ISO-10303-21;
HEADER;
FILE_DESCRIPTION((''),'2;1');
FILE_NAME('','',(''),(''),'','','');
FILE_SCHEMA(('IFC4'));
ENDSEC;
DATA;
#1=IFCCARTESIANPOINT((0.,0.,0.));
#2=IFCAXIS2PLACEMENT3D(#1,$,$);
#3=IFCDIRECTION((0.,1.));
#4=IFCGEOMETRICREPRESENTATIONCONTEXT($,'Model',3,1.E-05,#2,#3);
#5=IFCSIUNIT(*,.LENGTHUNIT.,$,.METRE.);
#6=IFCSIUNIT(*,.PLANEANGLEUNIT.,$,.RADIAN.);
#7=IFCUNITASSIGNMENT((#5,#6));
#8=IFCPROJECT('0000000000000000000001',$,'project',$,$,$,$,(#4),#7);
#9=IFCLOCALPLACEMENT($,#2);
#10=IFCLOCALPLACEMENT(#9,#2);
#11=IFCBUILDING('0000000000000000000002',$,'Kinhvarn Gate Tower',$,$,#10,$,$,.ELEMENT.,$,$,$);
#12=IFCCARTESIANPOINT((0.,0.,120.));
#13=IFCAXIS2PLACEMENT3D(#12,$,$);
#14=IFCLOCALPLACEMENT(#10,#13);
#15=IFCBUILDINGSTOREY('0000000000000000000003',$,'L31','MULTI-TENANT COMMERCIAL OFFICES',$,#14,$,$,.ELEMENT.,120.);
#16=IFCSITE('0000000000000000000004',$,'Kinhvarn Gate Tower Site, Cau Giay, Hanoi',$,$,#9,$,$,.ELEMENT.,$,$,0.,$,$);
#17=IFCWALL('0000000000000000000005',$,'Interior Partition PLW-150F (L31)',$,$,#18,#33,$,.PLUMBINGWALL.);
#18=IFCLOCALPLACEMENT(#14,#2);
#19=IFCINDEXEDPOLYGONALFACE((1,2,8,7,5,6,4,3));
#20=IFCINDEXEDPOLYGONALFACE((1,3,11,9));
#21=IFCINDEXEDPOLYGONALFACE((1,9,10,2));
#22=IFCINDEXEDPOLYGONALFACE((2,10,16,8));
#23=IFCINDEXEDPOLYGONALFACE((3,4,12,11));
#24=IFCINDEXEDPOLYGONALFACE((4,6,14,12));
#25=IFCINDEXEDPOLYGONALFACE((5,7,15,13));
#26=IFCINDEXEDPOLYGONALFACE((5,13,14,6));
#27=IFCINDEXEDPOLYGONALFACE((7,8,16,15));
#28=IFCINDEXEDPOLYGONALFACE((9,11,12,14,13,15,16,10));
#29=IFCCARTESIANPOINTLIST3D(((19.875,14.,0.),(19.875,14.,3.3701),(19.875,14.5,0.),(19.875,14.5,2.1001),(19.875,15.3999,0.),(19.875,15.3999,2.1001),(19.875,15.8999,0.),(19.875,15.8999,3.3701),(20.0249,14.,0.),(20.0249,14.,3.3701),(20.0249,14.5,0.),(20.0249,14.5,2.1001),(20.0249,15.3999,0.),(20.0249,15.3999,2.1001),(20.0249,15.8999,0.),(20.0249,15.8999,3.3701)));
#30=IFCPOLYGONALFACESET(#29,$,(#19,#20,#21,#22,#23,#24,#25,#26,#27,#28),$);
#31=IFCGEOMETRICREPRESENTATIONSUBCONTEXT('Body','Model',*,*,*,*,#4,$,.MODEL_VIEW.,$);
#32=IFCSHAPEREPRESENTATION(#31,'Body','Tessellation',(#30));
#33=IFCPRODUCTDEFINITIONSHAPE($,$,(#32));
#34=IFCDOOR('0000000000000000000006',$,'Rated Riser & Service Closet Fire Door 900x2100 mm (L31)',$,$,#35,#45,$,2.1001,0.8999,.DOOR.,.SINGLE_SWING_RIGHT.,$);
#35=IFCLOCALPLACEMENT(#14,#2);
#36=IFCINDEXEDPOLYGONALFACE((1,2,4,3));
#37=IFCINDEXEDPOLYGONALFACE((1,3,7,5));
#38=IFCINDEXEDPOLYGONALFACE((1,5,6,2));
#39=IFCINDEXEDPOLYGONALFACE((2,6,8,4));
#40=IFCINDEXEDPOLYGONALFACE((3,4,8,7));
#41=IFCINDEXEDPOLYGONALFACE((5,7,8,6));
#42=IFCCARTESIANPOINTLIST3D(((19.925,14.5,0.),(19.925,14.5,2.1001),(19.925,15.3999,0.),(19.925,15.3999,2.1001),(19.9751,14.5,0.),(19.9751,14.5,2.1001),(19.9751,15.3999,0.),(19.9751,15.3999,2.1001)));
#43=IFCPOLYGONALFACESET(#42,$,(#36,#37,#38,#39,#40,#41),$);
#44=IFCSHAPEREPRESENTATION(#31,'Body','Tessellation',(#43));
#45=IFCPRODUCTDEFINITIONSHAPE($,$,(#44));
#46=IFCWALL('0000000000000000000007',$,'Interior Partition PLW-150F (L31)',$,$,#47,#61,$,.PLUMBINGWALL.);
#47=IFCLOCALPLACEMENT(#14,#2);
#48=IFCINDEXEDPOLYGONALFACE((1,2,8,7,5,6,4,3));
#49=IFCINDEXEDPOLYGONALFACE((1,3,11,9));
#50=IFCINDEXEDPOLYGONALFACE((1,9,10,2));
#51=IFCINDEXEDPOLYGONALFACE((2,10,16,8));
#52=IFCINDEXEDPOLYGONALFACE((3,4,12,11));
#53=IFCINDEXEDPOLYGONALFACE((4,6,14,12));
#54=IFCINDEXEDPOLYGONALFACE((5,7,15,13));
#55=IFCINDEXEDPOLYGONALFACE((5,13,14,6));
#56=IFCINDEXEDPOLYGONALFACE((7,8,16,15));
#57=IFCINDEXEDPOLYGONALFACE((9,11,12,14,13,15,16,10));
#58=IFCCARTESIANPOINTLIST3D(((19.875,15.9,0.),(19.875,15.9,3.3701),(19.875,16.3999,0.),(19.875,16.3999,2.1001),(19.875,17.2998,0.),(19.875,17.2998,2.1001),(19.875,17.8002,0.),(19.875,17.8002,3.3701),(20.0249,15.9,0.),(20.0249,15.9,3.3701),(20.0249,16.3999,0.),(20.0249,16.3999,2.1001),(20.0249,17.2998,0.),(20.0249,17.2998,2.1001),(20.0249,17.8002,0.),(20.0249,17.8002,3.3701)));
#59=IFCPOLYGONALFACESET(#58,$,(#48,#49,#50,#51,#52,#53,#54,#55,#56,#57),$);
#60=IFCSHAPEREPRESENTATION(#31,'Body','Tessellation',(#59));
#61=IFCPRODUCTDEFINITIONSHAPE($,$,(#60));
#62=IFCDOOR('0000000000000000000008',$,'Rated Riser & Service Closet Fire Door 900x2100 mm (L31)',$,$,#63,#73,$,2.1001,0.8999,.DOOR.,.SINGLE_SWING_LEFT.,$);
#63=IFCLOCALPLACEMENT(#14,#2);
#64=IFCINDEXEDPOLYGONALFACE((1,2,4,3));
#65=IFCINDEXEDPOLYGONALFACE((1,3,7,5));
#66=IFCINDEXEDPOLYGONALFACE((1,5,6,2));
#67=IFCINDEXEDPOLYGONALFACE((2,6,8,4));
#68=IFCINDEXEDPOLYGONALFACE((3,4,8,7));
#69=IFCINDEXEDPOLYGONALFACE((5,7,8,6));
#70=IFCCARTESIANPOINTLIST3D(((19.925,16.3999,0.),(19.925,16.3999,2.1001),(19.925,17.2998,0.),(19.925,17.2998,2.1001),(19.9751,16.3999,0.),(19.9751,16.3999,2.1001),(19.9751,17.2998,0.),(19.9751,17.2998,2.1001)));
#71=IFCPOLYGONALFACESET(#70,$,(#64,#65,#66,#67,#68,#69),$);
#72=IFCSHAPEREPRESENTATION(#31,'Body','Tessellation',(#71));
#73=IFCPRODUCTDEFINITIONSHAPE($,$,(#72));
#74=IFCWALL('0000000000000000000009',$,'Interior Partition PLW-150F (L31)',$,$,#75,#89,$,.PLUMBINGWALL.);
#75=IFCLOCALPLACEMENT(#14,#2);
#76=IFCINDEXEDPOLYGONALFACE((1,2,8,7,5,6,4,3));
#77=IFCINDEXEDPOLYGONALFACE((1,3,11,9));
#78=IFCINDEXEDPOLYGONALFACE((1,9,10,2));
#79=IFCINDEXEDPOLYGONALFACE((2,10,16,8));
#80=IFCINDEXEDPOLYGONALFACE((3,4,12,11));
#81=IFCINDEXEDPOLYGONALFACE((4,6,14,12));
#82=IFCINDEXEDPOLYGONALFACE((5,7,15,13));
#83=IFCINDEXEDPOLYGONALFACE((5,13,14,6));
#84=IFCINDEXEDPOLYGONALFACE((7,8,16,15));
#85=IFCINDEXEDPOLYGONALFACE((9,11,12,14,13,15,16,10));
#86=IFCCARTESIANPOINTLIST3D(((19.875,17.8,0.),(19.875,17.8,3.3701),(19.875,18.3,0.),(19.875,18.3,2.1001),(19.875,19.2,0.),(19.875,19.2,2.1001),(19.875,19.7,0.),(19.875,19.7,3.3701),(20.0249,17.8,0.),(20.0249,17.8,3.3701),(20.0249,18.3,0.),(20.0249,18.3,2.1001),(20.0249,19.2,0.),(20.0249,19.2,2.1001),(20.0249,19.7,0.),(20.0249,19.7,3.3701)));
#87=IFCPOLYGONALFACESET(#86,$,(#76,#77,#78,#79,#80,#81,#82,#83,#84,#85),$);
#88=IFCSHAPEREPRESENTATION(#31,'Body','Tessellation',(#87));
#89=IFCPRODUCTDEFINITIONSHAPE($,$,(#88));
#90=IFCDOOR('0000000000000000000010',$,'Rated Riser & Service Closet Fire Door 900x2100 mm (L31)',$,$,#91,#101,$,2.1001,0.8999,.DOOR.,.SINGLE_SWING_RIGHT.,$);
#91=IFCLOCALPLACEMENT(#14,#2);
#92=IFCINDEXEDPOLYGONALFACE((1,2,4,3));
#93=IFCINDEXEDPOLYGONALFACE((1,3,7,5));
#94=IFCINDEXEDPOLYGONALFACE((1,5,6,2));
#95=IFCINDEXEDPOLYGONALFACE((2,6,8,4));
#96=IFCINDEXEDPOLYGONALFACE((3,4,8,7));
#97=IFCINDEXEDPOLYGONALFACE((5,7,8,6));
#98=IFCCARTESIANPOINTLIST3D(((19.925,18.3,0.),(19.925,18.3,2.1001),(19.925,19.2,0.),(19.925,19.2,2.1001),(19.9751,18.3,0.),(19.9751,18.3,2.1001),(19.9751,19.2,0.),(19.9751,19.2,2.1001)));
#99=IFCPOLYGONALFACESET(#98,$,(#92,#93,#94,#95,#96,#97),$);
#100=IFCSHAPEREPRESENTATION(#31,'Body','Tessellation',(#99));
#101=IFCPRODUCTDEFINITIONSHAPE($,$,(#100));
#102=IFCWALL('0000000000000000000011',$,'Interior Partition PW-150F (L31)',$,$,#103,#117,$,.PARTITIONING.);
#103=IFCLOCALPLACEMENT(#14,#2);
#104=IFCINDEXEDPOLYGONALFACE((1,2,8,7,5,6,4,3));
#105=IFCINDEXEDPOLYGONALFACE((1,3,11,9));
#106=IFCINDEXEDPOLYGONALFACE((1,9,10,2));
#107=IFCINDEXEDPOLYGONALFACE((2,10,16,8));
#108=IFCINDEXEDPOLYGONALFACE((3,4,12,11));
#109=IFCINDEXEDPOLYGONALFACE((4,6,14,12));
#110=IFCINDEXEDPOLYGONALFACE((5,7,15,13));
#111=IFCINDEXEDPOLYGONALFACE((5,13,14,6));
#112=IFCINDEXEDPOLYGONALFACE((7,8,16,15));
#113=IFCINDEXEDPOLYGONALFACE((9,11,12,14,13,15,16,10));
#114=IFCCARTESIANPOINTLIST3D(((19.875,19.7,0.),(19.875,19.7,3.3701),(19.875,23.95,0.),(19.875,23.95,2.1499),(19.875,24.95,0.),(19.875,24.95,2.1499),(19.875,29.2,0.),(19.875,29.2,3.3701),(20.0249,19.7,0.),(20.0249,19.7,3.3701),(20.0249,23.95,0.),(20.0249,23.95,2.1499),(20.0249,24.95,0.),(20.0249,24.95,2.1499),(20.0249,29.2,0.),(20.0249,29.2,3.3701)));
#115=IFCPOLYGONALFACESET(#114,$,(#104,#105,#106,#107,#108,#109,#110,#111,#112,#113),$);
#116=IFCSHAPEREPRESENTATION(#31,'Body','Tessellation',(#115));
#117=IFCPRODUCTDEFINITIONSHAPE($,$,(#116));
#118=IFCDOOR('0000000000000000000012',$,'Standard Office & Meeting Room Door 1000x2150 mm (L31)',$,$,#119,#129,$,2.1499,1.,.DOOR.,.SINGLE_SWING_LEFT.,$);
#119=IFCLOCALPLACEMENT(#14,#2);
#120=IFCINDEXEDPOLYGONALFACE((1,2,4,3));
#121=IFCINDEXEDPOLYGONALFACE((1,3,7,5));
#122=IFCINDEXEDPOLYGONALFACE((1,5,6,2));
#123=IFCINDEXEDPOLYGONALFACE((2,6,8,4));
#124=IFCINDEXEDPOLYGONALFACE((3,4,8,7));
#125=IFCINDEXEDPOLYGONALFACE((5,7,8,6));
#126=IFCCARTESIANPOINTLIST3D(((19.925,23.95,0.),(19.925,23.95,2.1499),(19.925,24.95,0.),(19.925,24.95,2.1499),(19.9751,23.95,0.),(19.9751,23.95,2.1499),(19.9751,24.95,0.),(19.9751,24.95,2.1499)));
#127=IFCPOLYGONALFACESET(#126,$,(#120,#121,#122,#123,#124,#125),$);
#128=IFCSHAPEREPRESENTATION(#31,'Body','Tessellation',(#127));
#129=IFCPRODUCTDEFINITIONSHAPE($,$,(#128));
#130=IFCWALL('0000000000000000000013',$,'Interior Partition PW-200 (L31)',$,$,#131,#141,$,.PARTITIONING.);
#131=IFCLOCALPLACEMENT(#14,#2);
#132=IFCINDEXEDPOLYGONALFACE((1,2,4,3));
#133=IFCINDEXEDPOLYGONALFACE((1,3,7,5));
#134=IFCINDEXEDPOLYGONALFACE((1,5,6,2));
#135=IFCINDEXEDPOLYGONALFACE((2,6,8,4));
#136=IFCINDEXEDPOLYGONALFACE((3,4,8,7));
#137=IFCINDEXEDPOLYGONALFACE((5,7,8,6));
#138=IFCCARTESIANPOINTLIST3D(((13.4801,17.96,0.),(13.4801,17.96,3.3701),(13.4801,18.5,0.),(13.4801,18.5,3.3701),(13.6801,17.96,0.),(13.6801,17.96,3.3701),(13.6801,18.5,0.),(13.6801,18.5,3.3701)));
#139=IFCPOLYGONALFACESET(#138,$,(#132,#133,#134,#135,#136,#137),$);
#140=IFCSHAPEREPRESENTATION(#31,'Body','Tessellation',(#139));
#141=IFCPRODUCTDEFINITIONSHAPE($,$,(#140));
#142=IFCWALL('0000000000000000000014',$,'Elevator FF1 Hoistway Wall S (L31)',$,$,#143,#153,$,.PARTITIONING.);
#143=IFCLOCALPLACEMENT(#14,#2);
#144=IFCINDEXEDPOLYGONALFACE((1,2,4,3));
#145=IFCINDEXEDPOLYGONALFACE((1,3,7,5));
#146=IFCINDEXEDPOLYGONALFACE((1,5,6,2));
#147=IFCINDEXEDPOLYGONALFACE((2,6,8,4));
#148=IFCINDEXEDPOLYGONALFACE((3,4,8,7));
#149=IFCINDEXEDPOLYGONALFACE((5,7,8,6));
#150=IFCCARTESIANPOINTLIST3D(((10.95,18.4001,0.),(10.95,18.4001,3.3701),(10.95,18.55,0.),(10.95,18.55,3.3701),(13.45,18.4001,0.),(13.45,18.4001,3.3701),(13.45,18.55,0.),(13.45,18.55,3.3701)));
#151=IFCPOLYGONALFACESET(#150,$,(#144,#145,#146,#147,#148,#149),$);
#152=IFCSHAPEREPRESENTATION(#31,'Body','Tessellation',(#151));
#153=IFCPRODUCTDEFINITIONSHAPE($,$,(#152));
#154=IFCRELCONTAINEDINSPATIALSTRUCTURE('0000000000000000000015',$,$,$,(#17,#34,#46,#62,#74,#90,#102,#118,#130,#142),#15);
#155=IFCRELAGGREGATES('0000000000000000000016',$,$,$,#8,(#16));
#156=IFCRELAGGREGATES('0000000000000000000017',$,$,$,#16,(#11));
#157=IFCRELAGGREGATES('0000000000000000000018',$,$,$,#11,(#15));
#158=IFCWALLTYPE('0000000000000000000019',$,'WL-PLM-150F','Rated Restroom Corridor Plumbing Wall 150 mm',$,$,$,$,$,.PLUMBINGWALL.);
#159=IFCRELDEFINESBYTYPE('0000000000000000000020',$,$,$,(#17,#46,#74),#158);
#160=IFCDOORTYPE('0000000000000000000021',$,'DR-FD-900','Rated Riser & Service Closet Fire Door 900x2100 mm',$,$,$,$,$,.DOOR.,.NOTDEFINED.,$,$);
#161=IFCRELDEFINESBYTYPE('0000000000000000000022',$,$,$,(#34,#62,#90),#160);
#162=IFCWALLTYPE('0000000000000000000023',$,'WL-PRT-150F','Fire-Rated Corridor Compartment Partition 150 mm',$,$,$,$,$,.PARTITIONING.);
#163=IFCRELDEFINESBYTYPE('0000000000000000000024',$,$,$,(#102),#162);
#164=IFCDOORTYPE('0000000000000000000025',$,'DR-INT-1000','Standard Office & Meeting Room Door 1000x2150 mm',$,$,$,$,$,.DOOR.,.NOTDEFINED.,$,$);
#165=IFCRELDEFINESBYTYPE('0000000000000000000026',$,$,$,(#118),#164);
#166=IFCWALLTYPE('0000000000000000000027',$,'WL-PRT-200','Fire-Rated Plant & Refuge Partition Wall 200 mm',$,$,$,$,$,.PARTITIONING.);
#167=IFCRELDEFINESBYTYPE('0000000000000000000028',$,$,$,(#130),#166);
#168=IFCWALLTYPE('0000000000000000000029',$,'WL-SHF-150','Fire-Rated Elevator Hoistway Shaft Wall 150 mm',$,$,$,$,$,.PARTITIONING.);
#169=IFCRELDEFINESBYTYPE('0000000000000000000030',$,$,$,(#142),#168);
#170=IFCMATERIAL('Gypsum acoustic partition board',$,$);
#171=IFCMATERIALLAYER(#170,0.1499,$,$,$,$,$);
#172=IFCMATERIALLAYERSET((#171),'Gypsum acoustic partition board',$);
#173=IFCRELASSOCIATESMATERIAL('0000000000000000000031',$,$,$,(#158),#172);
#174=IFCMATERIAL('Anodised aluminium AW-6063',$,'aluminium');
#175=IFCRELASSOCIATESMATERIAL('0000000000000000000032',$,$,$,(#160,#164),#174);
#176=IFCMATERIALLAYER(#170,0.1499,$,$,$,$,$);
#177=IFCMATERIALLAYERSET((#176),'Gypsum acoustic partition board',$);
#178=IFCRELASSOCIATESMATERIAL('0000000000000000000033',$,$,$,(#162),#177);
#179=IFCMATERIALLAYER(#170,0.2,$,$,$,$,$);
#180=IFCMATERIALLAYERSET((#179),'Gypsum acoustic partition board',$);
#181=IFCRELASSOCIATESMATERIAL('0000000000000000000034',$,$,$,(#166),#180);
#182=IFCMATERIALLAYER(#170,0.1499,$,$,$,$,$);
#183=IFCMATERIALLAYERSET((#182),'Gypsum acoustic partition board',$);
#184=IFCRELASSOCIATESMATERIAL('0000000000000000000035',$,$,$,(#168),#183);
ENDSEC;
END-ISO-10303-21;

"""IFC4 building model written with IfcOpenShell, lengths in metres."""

from ifc_helpers import new_model, si_unit, direction, frame, frame_2d, origin, place, context, subcontext, project, spatial, rectangle, extrude, material, layer, layer_set, type_object, element, fill, save


model = new_model("IFC4")

# Units and contexts
model_context = context("Model", 3, precision=1e-05, world=origin(), true_north=direction((0.0, 1.0)))
body_context = subcontext(model_context, "Body", "Model", "MODEL_VIEW")
ifc_project = project(units=[si_unit("LENGTHUNIT", "METRE"), si_unit("PLANEANGLEUNIT", "RADIAN")], contexts=[model_context])

# Site, building, storey
site_placement = place(None, origin())
site = spatial("IfcSite", under=ifc_project, at=site_placement, Name="Kinhvarn Gate Tower Site, Cau Giay, Hanoi", CompositionType="ELEMENT", RefElevation=0.0)
building_placement = place(site_placement, origin())
building = spatial("IfcBuilding", under=site, at=building_placement, Name="Kinhvarn Gate Tower", CompositionType="ELEMENT")
storey_placement = place(building_placement, frame((0.0, 0.0, 120.0)))
storey = spatial("IfcBuildingStorey", under=building, at=storey_placement, Name="L31", Description="MULTI-TENANT COMMERCIAL OFFICES", CompositionType="ELEMENT", Elevation=120.0)

# Shared definitions
ifc_material_1 = material(Name="Anodised aluminium AW-6063", Category="aluminium")

# Shared definitions
ifc_material_2 = material(Name="Gypsum acoustic partition board")

# Walls, openings, doors
ifc_layer_1 = layer(ifc_material_2, 0.1499)
ifc_layer_set_1 = layer_set([ifc_layer_1], Name="Gypsum acoustic partition board")
wall_type_1 = type_object("IfcWallType", Name="WL-PLM-150F", Description="Rated Restroom Corridor Plumbing Wall 150 mm", PredefinedType="PLUMBINGWALL", material=ifc_layer_set_1)
wall_1_placement = place(storey_placement, frame((19.95, 14.0, 0.0), z_axis=(0.0, 0.0, 1.0), x_axis=(0.0, 1.0, 0.0)))
wall_1 = element("IfcWall", 1, at=wall_1_placement, inside=storey, type_object=wall_type_1, Name="Interior Partition PLW-150F (L31)", PredefinedType="PLUMBINGWALL", context=body_context, shape_type="SweptSolid", body=[
    extrude(rectangle(XDim=1.8999, YDim=0.1499, at=frame_2d((0.95, 0.0))), origin(), (0.0, 0.0, 1.0), 3.3701),
])
opening_1_placement = place(wall_1_placement, frame((0.5, 0.0, 0.0)))
opening_1 = element("IfcOpeningElement", 2, at=opening_1_placement, cuts=wall_1, PredefinedType="OPENING", context=body_context, shape_type="SweptSolid", body=[
    extrude(rectangle(XDim=0.8999, YDim=2.1001, at=frame_2d((0.45, 1.05))), frame((0.0, 0.085, 0.0), z_axis=(0.0, -1.0, 0.0), x_axis=(1.0, 0.0, 0.0)), (0.0, 0.0, 1.0), 0.1699),
])
door_type_1 = type_object("IfcDoorType", Name="DR-FD-900", Description="Rated Riser & Service Closet Fire Door 900x2100 mm", OperationType="NOTDEFINED", PredefinedType="DOOR", material=ifc_material_1)
door_1_placement = place(opening_1_placement, origin())
door_1 = element("IfcDoor", 3, at=door_1_placement, inside=storey, type_object=door_type_1, Name="Rated Riser & Service Closet Fire Door 900x2100 mm (L31)", OperationType="SINGLE_SWING_RIGHT", OverallHeight=2.1001, OverallWidth=0.8999, PredefinedType="DOOR", context=body_context, shape_type="SweptSolid", body=[
    extrude(rectangle(XDim=0.8999, YDim=2.1001, at=frame_2d((0.45, 1.05))), frame((0.0, 0.0249, 0.0), z_axis=(0.0, -1.0, 0.0), x_axis=(1.0, 0.0, 0.0)), (0.0, 0.0, 1.0), 0.05),
])
fill(opening_1, door_1)
wall_2_placement = place(storey_placement, frame((19.95, 15.8999, 0.0), z_axis=(0.0, 0.0, 1.0), x_axis=(0.0, 1.0, 0.0)))
wall_2 = element("IfcWall", 4, at=wall_2_placement, inside=storey, type_object=wall_type_1, Name="Interior Partition PLW-150F (L31)", PredefinedType="PLUMBINGWALL", context=body_context, shape_type="SweptSolid", body=[
    extrude(rectangle(XDim=1.9001, YDim=0.1499, at=frame_2d((0.9502, 0.0))), origin(), (0.0, 0.0, 1.0), 3.3701),
])
opening_2_placement = place(wall_2_placement, frame((0.5, 0.0, 0.0)))
opening_2 = element("IfcOpeningElement", 5, at=opening_2_placement, cuts=wall_2, PredefinedType="OPENING", context=body_context, shape_type="SweptSolid", body=[
    extrude(rectangle(XDim=0.8999, YDim=2.1001, at=frame_2d((0.45, 1.05))), frame((0.0, 0.085, 0.0), z_axis=(0.0, -1.0, 0.0), x_axis=(1.0, 0.0, 0.0)), (0.0, 0.0, 1.0), 0.1699),
])
door_2_placement = place(opening_2_placement, origin())
door_2 = element("IfcDoor", 6, at=door_2_placement, inside=storey, type_object=door_type_1, Name="Rated Riser & Service Closet Fire Door 900x2100 mm (L31)", OperationType="SINGLE_SWING_LEFT", OverallHeight=2.1001, OverallWidth=0.8999, PredefinedType="DOOR", context=body_context, shape_type="SweptSolid", body=[
    extrude(rectangle(XDim=0.8999, YDim=2.1001, at=frame_2d((0.45, 1.05))), frame((0.0, 0.0249, 0.0), z_axis=(0.0, -1.0, 0.0), x_axis=(1.0, 0.0, 0.0)), (0.0, 0.0, 1.0), 0.05),
])
fill(opening_2, door_2)
wall_3_placement = place(storey_placement, frame((19.95, 17.8, 0.0), z_axis=(0.0, 0.0, 1.0), x_axis=(0.0, 1.0, 0.0)))
wall_3 = element("IfcWall", 7, at=wall_3_placement, inside=storey, type_object=wall_type_1, Name="Interior Partition PLW-150F (L31)", PredefinedType="PLUMBINGWALL", context=body_context, shape_type="SweptSolid", body=[
    extrude(rectangle(XDim=1.8999, YDim=0.1499, at=frame_2d((0.95, 0.0))), origin(), (0.0, 0.0, 1.0), 3.3701),
])
opening_3_placement = place(wall_3_placement, frame((0.5, 0.0, 0.0)))
opening_3 = element("IfcOpeningElement", 8, at=opening_3_placement, cuts=wall_3, PredefinedType="OPENING", context=body_context, shape_type="SweptSolid", body=[
    extrude(rectangle(XDim=0.8999, YDim=2.1001, at=frame_2d((0.45, 1.05))), frame((0.0, 0.085, 0.0), z_axis=(0.0, -1.0, 0.0), x_axis=(1.0, 0.0, 0.0)), (0.0, 0.0, 1.0), 0.1699),
])
door_3_placement = place(opening_3_placement, origin())
door_3 = element("IfcDoor", 9, at=door_3_placement, inside=storey, type_object=door_type_1, Name="Rated Riser & Service Closet Fire Door 900x2100 mm (L31)", OperationType="SINGLE_SWING_RIGHT", OverallHeight=2.1001, OverallWidth=0.8999, PredefinedType="DOOR", context=body_context, shape_type="SweptSolid", body=[
    extrude(rectangle(XDim=0.8999, YDim=2.1001, at=frame_2d((0.45, 1.05))), frame((0.0, 0.0249, 0.0), z_axis=(0.0, -1.0, 0.0), x_axis=(1.0, 0.0, 0.0)), (0.0, 0.0, 1.0), 0.05),
])
fill(opening_3, door_3)
ifc_layer_2 = layer(ifc_material_2, 0.1499)
ifc_layer_set_2 = layer_set([ifc_layer_2], Name="Gypsum acoustic partition board")
wall_type_2 = type_object("IfcWallType", Name="WL-PRT-150F", Description="Fire-Rated Corridor Compartment Partition 150 mm", PredefinedType="PARTITIONING", material=ifc_layer_set_2)
wall_4_placement = place(storey_placement, frame((19.95, 19.7, 0.0), z_axis=(0.0, 0.0, 1.0), x_axis=(0.0, 1.0, 0.0)))
wall_4 = element("IfcWall", 10, at=wall_4_placement, inside=storey, type_object=wall_type_2, Name="Interior Partition PW-150F (L31)", PredefinedType="PARTITIONING", context=body_context, shape_type="SweptSolid", body=[
    extrude(rectangle(XDim=9.5, YDim=0.1499, at=frame_2d((4.75, 0.0))), origin(), (0.0, 0.0, 1.0), 3.3701),
])
opening_4_placement = place(wall_4_placement, frame((4.25, 0.0, 0.0)))
opening_4 = element("IfcOpeningElement", 11, at=opening_4_placement, cuts=wall_4, PredefinedType="OPENING", context=body_context, shape_type="SweptSolid", body=[
    extrude(rectangle(XDim=1.0, YDim=2.1499, at=frame_2d((0.5, 1.075))), frame((0.0, 0.085, 0.0), z_axis=(0.0, -1.0, 0.0), x_axis=(1.0, 0.0, 0.0)), (0.0, 0.0, 1.0), 0.1699),
])
door_type_2 = type_object("IfcDoorType", Name="DR-INT-1000", Description="Standard Office & Meeting Room Door 1000x2150 mm", OperationType="NOTDEFINED", PredefinedType="DOOR", material=ifc_material_1)
door_4_placement = place(opening_4_placement, origin())
door_4 = element("IfcDoor", 12, at=door_4_placement, inside=storey, type_object=door_type_2, Name="Standard Office & Meeting Room Door 1000x2150 mm (L31)", OperationType="SINGLE_SWING_LEFT", OverallHeight=2.1499, OverallWidth=1.0, PredefinedType="DOOR", context=body_context, shape_type="SweptSolid", body=[
    extrude(rectangle(XDim=1.0, YDim=2.1499, at=frame_2d((0.5, 1.075))), frame((0.0, 0.0249, 0.0), z_axis=(0.0, -1.0, 0.0), x_axis=(1.0, 0.0, 0.0)), (0.0, 0.0, 1.0), 0.05),
])
fill(opening_4, door_4)

# Walls
ifc_layer_3 = layer(ifc_material_2, 0.2)
ifc_layer_set_3 = layer_set([ifc_layer_3], Name="Gypsum acoustic partition board")
wall_type_3 = type_object("IfcWallType", Name="WL-PRT-200", Description="Fire-Rated Plant & Refuge Partition Wall 200 mm", PredefinedType="PARTITIONING", material=ifc_layer_set_3)
wall_5_placement = place(storey_placement, frame((13.5801, 17.96, 0.0), z_axis=(0.0, 0.0, 1.0), x_axis=(0.0, 1.0, 0.0)))
element("IfcWall", 13, at=wall_5_placement, inside=storey, type_object=wall_type_3, Name="Interior Partition PW-200 (L31)", PredefinedType="PARTITIONING", context=body_context, shape_type="SweptSolid", body=[
    extrude(rectangle(XDim=0.54, YDim=0.2, at=frame_2d((0.27, 0.0))), origin(), (0.0, 0.0, 1.0), 3.3701),
])
ifc_layer_4 = layer(ifc_material_2, 0.1499)
ifc_layer_set_4 = layer_set([ifc_layer_4], Name="Gypsum acoustic partition board")
wall_type_4 = type_object("IfcWallType", Name="WL-SHF-150", Description="Fire-Rated Elevator Hoistway Shaft Wall 150 mm", PredefinedType="PARTITIONING", material=ifc_layer_set_4)
wall_6_placement = place(storey_placement, frame((10.95, 18.4751, 0.0), z_axis=(0.0, 0.0, 1.0), x_axis=(1.0, 0.0, 0.0)))
element("IfcWall", 14, at=wall_6_placement, inside=storey, type_object=wall_type_4, Name="Elevator FF1 Hoistway Wall S (L31)", PredefinedType="PARTITIONING", context=body_context, shape_type="SweptSolid", body=[
    extrude(rectangle(XDim=2.5, YDim=0.1499, at=frame_2d((1.25, 0.0))), origin(), (0.0, 0.0, 1.0), 3.3701),
])

save(model, "model.ifc")
